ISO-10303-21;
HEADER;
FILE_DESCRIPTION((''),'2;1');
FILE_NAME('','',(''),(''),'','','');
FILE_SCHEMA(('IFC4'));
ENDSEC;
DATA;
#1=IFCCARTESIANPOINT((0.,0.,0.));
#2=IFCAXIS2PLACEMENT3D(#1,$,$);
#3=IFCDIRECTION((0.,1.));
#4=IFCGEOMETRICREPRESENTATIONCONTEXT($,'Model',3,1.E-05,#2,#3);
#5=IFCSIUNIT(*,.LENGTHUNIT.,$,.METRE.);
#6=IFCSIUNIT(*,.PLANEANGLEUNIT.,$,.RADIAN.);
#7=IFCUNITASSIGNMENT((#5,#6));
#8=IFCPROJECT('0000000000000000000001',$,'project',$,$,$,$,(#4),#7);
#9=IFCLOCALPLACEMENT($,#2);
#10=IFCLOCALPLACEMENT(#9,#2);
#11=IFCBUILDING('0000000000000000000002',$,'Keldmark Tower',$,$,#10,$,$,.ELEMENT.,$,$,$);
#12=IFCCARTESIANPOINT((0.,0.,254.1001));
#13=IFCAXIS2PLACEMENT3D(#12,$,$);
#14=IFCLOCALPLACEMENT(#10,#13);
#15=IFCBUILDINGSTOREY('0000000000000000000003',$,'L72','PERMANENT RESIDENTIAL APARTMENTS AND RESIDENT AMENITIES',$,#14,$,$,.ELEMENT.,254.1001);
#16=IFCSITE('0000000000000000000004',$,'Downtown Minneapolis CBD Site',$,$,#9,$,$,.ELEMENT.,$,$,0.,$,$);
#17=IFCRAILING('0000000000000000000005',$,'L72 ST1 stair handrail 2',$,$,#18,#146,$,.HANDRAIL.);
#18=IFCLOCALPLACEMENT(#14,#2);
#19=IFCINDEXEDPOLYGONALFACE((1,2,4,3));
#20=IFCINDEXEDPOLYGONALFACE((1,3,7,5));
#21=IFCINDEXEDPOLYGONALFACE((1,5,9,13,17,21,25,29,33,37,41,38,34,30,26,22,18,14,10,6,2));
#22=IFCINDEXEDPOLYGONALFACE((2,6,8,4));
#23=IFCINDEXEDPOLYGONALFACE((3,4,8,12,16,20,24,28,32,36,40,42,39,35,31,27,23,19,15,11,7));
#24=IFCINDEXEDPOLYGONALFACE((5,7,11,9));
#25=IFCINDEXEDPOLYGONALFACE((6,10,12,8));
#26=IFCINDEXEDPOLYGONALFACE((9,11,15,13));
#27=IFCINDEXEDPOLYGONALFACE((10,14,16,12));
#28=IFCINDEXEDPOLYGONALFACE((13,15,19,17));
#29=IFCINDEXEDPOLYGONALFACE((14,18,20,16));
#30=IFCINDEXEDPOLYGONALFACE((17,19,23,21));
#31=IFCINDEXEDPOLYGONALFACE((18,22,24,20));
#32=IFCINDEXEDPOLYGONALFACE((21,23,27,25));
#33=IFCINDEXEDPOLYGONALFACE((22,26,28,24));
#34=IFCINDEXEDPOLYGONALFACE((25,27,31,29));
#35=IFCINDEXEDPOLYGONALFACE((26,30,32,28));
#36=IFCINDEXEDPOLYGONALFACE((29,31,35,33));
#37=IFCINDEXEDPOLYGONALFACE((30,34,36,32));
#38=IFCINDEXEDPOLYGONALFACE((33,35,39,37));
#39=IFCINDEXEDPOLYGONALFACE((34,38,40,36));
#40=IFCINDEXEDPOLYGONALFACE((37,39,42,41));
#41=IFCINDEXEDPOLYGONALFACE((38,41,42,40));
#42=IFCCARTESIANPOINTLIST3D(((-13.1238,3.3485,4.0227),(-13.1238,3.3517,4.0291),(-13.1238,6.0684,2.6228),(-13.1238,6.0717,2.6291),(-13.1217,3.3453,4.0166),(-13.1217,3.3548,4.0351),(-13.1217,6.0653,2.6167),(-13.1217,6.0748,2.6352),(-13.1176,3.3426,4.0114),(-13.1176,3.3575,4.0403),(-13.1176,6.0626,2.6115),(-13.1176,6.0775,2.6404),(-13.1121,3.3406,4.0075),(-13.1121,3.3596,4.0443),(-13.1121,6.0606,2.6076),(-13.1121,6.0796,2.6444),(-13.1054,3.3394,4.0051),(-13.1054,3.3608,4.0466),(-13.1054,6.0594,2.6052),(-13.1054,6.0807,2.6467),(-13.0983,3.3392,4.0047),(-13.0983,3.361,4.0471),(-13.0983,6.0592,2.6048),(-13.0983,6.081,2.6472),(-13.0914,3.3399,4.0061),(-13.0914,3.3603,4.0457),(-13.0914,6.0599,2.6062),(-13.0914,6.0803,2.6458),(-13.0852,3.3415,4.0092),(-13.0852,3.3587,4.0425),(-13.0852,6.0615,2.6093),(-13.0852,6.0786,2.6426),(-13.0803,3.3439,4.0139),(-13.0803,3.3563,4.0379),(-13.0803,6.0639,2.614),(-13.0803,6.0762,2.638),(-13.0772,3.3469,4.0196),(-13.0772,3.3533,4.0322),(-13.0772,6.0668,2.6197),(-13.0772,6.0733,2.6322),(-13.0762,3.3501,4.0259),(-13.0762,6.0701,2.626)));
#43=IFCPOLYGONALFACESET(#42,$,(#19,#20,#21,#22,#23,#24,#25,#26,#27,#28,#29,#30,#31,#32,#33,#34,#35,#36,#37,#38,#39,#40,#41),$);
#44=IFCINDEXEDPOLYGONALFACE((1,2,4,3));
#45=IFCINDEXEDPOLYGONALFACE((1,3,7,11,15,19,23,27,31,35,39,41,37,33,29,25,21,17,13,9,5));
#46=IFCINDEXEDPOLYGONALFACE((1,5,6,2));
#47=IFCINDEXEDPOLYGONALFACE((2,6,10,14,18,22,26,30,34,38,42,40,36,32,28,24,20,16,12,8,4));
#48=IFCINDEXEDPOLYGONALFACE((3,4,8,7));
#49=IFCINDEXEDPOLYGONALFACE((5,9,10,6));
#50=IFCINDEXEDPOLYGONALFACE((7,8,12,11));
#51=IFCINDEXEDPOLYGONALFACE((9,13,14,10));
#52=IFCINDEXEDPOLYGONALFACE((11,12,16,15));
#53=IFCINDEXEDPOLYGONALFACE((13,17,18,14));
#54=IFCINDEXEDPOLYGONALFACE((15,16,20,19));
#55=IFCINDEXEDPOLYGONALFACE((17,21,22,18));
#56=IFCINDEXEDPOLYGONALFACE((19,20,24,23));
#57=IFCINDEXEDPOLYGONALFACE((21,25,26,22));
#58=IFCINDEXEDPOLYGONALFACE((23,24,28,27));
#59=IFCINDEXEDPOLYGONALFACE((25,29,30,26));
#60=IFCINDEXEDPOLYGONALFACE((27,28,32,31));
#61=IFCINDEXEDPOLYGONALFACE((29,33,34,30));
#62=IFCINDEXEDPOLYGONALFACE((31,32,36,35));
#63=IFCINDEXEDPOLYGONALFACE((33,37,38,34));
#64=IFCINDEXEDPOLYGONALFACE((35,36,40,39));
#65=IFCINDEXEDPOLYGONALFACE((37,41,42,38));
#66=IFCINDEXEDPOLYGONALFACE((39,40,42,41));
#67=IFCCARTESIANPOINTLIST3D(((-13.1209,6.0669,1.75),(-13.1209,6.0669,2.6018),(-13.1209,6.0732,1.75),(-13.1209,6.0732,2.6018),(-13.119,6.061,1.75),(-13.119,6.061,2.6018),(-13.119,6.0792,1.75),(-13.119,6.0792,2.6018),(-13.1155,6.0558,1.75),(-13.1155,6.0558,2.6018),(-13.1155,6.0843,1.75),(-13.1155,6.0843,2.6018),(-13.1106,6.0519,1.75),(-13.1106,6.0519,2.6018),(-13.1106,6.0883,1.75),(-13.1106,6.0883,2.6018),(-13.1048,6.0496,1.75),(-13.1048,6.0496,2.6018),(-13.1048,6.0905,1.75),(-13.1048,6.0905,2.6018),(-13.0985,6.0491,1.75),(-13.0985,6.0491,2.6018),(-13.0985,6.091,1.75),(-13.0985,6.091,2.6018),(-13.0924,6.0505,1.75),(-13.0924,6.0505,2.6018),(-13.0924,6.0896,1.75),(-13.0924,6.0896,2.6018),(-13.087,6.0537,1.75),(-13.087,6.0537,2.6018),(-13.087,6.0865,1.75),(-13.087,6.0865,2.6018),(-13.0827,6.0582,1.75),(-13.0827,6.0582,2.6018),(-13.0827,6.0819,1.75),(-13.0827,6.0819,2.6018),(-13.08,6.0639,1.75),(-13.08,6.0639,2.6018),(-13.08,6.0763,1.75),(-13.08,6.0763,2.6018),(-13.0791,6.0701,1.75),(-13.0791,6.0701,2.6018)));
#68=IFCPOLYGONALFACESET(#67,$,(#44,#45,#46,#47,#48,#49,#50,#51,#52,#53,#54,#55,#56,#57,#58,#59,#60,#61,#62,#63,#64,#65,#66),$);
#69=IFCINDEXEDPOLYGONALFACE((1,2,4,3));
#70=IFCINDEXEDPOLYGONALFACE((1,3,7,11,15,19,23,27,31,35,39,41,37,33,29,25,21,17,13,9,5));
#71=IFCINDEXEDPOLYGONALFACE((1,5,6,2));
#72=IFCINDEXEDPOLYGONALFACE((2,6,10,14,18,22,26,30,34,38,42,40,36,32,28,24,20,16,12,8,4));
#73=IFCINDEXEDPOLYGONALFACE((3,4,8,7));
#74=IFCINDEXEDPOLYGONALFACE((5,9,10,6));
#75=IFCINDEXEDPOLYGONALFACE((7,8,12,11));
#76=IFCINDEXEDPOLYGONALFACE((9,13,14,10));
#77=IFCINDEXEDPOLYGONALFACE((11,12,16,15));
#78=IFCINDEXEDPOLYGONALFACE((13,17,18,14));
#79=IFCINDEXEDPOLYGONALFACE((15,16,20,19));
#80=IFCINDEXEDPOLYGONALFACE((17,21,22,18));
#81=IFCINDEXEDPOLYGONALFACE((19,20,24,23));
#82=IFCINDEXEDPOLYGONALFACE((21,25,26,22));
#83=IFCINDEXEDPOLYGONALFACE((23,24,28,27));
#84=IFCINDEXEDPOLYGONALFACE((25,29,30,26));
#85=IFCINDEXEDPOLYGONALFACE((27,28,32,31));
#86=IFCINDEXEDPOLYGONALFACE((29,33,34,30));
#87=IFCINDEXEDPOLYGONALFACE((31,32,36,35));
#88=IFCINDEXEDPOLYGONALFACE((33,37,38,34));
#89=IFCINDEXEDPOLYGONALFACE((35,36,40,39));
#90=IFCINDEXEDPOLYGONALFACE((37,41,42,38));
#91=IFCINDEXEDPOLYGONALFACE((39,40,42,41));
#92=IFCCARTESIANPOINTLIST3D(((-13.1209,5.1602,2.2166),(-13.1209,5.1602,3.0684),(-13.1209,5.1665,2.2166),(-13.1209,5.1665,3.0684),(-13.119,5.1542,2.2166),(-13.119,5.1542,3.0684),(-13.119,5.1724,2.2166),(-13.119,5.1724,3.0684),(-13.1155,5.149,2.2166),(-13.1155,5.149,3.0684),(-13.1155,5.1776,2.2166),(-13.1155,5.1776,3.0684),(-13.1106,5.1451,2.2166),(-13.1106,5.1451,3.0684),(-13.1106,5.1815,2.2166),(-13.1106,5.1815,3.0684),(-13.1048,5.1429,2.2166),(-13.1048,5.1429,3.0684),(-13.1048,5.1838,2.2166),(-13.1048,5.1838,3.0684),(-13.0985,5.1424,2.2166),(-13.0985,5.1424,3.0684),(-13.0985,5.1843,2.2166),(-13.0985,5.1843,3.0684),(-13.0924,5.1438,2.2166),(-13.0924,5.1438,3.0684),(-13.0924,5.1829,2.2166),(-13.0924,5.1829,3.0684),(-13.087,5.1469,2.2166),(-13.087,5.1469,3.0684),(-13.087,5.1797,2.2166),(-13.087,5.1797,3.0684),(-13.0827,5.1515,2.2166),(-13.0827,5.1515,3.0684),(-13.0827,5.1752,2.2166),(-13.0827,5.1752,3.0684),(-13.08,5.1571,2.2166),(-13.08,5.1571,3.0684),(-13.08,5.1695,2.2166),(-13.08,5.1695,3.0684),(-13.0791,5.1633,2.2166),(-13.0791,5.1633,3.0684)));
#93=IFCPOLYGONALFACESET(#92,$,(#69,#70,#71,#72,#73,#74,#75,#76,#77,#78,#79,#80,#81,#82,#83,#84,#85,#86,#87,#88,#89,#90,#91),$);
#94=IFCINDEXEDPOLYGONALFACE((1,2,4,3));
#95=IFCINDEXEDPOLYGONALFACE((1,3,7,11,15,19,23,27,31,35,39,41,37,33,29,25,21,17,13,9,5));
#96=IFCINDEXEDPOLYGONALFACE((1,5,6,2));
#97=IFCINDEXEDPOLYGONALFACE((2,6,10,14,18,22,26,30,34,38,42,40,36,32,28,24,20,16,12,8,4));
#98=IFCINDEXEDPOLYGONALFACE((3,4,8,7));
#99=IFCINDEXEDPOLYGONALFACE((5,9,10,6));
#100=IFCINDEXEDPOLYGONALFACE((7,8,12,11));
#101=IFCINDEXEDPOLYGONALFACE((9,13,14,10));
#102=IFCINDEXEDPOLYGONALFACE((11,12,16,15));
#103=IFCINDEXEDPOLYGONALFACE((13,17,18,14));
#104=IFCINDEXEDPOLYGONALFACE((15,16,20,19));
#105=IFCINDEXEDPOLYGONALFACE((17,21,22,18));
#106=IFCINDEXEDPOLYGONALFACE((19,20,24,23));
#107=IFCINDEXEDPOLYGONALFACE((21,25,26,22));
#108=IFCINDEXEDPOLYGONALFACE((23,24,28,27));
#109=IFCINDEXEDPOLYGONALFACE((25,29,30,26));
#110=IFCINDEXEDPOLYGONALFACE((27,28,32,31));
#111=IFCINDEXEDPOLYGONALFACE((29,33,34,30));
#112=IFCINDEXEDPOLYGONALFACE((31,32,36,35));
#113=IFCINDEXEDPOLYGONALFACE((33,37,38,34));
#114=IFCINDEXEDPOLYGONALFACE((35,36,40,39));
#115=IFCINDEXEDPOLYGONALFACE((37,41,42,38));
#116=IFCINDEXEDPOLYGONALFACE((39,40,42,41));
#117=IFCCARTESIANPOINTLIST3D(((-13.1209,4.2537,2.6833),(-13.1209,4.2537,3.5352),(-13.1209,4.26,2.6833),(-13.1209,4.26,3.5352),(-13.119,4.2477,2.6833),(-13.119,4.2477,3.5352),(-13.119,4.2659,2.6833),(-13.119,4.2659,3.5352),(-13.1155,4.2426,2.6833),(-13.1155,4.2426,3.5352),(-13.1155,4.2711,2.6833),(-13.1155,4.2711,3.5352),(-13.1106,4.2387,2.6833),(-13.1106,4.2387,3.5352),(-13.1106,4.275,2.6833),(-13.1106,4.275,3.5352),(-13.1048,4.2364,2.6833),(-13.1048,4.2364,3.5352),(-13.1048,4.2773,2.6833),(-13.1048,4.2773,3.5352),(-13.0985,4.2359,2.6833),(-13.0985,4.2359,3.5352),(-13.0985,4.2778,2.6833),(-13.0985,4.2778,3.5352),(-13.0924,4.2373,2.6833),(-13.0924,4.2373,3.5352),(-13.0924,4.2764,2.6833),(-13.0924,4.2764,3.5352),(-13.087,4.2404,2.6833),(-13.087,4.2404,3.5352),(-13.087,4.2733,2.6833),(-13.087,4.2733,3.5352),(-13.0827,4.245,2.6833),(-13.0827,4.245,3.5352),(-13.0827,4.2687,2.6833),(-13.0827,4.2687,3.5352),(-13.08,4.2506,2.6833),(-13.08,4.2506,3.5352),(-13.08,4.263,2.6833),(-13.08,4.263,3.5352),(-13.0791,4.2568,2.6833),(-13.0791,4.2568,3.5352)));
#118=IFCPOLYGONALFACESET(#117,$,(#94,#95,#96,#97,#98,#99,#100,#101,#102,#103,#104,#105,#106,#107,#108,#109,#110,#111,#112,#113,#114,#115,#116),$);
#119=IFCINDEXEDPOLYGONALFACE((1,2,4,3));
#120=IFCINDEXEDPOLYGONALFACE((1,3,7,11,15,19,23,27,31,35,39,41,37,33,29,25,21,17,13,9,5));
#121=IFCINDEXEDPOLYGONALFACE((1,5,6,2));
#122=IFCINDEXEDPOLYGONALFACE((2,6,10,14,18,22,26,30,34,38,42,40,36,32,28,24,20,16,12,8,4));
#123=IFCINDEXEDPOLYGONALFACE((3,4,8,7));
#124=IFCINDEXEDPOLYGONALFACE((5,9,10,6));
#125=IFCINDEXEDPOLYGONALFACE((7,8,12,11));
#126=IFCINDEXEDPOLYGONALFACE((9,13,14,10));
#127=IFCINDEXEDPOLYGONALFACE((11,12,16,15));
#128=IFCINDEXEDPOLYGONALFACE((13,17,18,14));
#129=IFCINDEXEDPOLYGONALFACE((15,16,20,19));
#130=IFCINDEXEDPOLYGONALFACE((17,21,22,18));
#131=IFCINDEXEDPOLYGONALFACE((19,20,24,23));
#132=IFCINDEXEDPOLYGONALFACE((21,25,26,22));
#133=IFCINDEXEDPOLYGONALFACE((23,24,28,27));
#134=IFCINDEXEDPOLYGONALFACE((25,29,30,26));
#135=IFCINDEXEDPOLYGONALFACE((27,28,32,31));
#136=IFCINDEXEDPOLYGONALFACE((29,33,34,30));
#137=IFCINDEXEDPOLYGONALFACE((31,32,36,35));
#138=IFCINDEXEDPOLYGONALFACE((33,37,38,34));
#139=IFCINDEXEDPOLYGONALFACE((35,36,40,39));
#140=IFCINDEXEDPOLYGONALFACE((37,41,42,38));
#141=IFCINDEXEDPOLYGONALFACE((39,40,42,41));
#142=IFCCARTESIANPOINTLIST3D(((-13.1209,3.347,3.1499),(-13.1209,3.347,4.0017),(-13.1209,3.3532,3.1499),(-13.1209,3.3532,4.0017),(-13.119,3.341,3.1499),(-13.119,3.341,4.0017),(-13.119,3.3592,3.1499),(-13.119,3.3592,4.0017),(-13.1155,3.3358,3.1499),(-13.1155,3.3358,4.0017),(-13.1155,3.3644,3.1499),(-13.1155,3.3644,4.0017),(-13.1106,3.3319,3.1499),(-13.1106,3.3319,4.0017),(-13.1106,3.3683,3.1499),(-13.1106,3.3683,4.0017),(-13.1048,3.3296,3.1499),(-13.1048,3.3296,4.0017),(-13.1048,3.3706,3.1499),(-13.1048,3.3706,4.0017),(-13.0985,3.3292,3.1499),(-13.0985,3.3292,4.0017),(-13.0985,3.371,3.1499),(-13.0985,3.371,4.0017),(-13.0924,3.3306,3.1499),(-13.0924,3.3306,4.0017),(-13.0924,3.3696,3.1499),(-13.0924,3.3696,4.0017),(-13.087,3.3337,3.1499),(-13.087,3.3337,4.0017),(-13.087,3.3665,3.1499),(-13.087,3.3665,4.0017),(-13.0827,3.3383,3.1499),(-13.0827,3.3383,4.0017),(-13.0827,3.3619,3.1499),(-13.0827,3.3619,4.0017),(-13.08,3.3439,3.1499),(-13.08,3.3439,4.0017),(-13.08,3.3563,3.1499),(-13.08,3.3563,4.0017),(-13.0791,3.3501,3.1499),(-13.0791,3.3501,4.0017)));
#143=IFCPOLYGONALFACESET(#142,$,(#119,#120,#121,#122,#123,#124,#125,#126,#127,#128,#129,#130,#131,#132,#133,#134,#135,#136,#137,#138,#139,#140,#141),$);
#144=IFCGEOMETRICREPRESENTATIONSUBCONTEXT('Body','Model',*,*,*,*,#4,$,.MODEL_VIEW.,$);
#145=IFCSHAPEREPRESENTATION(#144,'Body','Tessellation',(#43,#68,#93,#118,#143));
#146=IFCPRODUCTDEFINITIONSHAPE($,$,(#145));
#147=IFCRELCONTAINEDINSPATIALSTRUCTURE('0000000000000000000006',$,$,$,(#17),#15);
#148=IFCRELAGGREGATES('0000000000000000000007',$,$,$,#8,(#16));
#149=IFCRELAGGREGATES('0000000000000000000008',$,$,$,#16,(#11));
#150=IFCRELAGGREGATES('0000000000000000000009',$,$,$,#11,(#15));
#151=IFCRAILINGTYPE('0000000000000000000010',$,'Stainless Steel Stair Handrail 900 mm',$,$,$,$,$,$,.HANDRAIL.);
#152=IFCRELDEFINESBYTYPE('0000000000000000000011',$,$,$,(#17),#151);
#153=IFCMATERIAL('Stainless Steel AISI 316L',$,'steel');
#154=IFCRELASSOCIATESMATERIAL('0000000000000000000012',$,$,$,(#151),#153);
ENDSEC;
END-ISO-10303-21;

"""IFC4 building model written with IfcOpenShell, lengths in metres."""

from ifc_helpers import new_model, si_unit, direction, frame, origin, origin_2d, place, context, subcontext, project, spatial, circle, extrude, material, type_object, element, save


model = new_model("IFC4")

# Units and contexts
model_context = context("Model", 3, precision=1e-05, world=origin(), true_north=direction((0.0, 1.0)))
body_context = subcontext(model_context, "Body", "Model", "MODEL_VIEW")
ifc_project = project(units=[si_unit("LENGTHUNIT", "METRE"), si_unit("PLANEANGLEUNIT", "RADIAN")], contexts=[model_context])

# Site, building, storey
site_placement = place(None, origin())
site = spatial("IfcSite", under=ifc_project, at=site_placement, Name="Downtown Minneapolis CBD Site", CompositionType="ELEMENT", RefElevation=0.0)
building_placement = place(site_placement, origin())
building = spatial("IfcBuilding", under=site, at=building_placement, Name="Keldmark Tower", CompositionType="ELEMENT")
storey_placement = place(building_placement, frame((0.0, 0.0, 254.1001)))
storey = spatial("IfcBuildingStorey", under=building, at=storey_placement, Name="L72", Description="PERMANENT RESIDENTIAL APARTMENTS AND RESIDENT AMENITIES", CompositionType="ELEMENT", Elevation=254.1001)

# Railing
ifc_material_1 = material(Name="Stainless Steel AISI 316L", Category="steel")
railing_type_1 = type_object("IfcRailingType", Name="Stainless Steel Stair Handrail 900 mm", PredefinedType="HANDRAIL", material=ifc_material_1)
railing_1_placement = place(storey_placement, frame((-13.1001, 6.0701, 1.75)))
element("IfcRailing", 1, at=railing_1_placement, inside=storey, type_object=railing_type_1, Name="L72 ST1 stair handrail 2", PredefinedType="HANDRAIL", context=body_context, shape_type="SweptSolid", body=[
    extrude(circle(Radius=0.0239, at=origin_2d()), frame((0.0, 0.0, 0.876), z_axis=(0.0, -0.889147, 0.457622), x_axis=(1.0, 0.0, 0.0)), (0.0, 0.0, 1.0), 3.0591),
    extrude(circle(Radius=0.021, at=origin_2d()), origin(), (0.0, 0.0, 1.0), 0.8518),
    extrude(circle(Radius=0.021, at=origin_2d()), frame((0.0, -0.9067, 0.4666)), (0.0, 0.0, 1.0), 0.8518),
    extrude(circle(Radius=0.021, at=origin_2d()), frame((0.0, -1.8132, 0.9333)), (0.0, 0.0, 1.0), 0.8518),
    extrude(circle(Radius=0.021, at=origin_2d()), frame((0.0, -2.72, 1.3999)), (0.0, 0.0, 1.0), 0.8518),
])

save(model, "model.ifc")
